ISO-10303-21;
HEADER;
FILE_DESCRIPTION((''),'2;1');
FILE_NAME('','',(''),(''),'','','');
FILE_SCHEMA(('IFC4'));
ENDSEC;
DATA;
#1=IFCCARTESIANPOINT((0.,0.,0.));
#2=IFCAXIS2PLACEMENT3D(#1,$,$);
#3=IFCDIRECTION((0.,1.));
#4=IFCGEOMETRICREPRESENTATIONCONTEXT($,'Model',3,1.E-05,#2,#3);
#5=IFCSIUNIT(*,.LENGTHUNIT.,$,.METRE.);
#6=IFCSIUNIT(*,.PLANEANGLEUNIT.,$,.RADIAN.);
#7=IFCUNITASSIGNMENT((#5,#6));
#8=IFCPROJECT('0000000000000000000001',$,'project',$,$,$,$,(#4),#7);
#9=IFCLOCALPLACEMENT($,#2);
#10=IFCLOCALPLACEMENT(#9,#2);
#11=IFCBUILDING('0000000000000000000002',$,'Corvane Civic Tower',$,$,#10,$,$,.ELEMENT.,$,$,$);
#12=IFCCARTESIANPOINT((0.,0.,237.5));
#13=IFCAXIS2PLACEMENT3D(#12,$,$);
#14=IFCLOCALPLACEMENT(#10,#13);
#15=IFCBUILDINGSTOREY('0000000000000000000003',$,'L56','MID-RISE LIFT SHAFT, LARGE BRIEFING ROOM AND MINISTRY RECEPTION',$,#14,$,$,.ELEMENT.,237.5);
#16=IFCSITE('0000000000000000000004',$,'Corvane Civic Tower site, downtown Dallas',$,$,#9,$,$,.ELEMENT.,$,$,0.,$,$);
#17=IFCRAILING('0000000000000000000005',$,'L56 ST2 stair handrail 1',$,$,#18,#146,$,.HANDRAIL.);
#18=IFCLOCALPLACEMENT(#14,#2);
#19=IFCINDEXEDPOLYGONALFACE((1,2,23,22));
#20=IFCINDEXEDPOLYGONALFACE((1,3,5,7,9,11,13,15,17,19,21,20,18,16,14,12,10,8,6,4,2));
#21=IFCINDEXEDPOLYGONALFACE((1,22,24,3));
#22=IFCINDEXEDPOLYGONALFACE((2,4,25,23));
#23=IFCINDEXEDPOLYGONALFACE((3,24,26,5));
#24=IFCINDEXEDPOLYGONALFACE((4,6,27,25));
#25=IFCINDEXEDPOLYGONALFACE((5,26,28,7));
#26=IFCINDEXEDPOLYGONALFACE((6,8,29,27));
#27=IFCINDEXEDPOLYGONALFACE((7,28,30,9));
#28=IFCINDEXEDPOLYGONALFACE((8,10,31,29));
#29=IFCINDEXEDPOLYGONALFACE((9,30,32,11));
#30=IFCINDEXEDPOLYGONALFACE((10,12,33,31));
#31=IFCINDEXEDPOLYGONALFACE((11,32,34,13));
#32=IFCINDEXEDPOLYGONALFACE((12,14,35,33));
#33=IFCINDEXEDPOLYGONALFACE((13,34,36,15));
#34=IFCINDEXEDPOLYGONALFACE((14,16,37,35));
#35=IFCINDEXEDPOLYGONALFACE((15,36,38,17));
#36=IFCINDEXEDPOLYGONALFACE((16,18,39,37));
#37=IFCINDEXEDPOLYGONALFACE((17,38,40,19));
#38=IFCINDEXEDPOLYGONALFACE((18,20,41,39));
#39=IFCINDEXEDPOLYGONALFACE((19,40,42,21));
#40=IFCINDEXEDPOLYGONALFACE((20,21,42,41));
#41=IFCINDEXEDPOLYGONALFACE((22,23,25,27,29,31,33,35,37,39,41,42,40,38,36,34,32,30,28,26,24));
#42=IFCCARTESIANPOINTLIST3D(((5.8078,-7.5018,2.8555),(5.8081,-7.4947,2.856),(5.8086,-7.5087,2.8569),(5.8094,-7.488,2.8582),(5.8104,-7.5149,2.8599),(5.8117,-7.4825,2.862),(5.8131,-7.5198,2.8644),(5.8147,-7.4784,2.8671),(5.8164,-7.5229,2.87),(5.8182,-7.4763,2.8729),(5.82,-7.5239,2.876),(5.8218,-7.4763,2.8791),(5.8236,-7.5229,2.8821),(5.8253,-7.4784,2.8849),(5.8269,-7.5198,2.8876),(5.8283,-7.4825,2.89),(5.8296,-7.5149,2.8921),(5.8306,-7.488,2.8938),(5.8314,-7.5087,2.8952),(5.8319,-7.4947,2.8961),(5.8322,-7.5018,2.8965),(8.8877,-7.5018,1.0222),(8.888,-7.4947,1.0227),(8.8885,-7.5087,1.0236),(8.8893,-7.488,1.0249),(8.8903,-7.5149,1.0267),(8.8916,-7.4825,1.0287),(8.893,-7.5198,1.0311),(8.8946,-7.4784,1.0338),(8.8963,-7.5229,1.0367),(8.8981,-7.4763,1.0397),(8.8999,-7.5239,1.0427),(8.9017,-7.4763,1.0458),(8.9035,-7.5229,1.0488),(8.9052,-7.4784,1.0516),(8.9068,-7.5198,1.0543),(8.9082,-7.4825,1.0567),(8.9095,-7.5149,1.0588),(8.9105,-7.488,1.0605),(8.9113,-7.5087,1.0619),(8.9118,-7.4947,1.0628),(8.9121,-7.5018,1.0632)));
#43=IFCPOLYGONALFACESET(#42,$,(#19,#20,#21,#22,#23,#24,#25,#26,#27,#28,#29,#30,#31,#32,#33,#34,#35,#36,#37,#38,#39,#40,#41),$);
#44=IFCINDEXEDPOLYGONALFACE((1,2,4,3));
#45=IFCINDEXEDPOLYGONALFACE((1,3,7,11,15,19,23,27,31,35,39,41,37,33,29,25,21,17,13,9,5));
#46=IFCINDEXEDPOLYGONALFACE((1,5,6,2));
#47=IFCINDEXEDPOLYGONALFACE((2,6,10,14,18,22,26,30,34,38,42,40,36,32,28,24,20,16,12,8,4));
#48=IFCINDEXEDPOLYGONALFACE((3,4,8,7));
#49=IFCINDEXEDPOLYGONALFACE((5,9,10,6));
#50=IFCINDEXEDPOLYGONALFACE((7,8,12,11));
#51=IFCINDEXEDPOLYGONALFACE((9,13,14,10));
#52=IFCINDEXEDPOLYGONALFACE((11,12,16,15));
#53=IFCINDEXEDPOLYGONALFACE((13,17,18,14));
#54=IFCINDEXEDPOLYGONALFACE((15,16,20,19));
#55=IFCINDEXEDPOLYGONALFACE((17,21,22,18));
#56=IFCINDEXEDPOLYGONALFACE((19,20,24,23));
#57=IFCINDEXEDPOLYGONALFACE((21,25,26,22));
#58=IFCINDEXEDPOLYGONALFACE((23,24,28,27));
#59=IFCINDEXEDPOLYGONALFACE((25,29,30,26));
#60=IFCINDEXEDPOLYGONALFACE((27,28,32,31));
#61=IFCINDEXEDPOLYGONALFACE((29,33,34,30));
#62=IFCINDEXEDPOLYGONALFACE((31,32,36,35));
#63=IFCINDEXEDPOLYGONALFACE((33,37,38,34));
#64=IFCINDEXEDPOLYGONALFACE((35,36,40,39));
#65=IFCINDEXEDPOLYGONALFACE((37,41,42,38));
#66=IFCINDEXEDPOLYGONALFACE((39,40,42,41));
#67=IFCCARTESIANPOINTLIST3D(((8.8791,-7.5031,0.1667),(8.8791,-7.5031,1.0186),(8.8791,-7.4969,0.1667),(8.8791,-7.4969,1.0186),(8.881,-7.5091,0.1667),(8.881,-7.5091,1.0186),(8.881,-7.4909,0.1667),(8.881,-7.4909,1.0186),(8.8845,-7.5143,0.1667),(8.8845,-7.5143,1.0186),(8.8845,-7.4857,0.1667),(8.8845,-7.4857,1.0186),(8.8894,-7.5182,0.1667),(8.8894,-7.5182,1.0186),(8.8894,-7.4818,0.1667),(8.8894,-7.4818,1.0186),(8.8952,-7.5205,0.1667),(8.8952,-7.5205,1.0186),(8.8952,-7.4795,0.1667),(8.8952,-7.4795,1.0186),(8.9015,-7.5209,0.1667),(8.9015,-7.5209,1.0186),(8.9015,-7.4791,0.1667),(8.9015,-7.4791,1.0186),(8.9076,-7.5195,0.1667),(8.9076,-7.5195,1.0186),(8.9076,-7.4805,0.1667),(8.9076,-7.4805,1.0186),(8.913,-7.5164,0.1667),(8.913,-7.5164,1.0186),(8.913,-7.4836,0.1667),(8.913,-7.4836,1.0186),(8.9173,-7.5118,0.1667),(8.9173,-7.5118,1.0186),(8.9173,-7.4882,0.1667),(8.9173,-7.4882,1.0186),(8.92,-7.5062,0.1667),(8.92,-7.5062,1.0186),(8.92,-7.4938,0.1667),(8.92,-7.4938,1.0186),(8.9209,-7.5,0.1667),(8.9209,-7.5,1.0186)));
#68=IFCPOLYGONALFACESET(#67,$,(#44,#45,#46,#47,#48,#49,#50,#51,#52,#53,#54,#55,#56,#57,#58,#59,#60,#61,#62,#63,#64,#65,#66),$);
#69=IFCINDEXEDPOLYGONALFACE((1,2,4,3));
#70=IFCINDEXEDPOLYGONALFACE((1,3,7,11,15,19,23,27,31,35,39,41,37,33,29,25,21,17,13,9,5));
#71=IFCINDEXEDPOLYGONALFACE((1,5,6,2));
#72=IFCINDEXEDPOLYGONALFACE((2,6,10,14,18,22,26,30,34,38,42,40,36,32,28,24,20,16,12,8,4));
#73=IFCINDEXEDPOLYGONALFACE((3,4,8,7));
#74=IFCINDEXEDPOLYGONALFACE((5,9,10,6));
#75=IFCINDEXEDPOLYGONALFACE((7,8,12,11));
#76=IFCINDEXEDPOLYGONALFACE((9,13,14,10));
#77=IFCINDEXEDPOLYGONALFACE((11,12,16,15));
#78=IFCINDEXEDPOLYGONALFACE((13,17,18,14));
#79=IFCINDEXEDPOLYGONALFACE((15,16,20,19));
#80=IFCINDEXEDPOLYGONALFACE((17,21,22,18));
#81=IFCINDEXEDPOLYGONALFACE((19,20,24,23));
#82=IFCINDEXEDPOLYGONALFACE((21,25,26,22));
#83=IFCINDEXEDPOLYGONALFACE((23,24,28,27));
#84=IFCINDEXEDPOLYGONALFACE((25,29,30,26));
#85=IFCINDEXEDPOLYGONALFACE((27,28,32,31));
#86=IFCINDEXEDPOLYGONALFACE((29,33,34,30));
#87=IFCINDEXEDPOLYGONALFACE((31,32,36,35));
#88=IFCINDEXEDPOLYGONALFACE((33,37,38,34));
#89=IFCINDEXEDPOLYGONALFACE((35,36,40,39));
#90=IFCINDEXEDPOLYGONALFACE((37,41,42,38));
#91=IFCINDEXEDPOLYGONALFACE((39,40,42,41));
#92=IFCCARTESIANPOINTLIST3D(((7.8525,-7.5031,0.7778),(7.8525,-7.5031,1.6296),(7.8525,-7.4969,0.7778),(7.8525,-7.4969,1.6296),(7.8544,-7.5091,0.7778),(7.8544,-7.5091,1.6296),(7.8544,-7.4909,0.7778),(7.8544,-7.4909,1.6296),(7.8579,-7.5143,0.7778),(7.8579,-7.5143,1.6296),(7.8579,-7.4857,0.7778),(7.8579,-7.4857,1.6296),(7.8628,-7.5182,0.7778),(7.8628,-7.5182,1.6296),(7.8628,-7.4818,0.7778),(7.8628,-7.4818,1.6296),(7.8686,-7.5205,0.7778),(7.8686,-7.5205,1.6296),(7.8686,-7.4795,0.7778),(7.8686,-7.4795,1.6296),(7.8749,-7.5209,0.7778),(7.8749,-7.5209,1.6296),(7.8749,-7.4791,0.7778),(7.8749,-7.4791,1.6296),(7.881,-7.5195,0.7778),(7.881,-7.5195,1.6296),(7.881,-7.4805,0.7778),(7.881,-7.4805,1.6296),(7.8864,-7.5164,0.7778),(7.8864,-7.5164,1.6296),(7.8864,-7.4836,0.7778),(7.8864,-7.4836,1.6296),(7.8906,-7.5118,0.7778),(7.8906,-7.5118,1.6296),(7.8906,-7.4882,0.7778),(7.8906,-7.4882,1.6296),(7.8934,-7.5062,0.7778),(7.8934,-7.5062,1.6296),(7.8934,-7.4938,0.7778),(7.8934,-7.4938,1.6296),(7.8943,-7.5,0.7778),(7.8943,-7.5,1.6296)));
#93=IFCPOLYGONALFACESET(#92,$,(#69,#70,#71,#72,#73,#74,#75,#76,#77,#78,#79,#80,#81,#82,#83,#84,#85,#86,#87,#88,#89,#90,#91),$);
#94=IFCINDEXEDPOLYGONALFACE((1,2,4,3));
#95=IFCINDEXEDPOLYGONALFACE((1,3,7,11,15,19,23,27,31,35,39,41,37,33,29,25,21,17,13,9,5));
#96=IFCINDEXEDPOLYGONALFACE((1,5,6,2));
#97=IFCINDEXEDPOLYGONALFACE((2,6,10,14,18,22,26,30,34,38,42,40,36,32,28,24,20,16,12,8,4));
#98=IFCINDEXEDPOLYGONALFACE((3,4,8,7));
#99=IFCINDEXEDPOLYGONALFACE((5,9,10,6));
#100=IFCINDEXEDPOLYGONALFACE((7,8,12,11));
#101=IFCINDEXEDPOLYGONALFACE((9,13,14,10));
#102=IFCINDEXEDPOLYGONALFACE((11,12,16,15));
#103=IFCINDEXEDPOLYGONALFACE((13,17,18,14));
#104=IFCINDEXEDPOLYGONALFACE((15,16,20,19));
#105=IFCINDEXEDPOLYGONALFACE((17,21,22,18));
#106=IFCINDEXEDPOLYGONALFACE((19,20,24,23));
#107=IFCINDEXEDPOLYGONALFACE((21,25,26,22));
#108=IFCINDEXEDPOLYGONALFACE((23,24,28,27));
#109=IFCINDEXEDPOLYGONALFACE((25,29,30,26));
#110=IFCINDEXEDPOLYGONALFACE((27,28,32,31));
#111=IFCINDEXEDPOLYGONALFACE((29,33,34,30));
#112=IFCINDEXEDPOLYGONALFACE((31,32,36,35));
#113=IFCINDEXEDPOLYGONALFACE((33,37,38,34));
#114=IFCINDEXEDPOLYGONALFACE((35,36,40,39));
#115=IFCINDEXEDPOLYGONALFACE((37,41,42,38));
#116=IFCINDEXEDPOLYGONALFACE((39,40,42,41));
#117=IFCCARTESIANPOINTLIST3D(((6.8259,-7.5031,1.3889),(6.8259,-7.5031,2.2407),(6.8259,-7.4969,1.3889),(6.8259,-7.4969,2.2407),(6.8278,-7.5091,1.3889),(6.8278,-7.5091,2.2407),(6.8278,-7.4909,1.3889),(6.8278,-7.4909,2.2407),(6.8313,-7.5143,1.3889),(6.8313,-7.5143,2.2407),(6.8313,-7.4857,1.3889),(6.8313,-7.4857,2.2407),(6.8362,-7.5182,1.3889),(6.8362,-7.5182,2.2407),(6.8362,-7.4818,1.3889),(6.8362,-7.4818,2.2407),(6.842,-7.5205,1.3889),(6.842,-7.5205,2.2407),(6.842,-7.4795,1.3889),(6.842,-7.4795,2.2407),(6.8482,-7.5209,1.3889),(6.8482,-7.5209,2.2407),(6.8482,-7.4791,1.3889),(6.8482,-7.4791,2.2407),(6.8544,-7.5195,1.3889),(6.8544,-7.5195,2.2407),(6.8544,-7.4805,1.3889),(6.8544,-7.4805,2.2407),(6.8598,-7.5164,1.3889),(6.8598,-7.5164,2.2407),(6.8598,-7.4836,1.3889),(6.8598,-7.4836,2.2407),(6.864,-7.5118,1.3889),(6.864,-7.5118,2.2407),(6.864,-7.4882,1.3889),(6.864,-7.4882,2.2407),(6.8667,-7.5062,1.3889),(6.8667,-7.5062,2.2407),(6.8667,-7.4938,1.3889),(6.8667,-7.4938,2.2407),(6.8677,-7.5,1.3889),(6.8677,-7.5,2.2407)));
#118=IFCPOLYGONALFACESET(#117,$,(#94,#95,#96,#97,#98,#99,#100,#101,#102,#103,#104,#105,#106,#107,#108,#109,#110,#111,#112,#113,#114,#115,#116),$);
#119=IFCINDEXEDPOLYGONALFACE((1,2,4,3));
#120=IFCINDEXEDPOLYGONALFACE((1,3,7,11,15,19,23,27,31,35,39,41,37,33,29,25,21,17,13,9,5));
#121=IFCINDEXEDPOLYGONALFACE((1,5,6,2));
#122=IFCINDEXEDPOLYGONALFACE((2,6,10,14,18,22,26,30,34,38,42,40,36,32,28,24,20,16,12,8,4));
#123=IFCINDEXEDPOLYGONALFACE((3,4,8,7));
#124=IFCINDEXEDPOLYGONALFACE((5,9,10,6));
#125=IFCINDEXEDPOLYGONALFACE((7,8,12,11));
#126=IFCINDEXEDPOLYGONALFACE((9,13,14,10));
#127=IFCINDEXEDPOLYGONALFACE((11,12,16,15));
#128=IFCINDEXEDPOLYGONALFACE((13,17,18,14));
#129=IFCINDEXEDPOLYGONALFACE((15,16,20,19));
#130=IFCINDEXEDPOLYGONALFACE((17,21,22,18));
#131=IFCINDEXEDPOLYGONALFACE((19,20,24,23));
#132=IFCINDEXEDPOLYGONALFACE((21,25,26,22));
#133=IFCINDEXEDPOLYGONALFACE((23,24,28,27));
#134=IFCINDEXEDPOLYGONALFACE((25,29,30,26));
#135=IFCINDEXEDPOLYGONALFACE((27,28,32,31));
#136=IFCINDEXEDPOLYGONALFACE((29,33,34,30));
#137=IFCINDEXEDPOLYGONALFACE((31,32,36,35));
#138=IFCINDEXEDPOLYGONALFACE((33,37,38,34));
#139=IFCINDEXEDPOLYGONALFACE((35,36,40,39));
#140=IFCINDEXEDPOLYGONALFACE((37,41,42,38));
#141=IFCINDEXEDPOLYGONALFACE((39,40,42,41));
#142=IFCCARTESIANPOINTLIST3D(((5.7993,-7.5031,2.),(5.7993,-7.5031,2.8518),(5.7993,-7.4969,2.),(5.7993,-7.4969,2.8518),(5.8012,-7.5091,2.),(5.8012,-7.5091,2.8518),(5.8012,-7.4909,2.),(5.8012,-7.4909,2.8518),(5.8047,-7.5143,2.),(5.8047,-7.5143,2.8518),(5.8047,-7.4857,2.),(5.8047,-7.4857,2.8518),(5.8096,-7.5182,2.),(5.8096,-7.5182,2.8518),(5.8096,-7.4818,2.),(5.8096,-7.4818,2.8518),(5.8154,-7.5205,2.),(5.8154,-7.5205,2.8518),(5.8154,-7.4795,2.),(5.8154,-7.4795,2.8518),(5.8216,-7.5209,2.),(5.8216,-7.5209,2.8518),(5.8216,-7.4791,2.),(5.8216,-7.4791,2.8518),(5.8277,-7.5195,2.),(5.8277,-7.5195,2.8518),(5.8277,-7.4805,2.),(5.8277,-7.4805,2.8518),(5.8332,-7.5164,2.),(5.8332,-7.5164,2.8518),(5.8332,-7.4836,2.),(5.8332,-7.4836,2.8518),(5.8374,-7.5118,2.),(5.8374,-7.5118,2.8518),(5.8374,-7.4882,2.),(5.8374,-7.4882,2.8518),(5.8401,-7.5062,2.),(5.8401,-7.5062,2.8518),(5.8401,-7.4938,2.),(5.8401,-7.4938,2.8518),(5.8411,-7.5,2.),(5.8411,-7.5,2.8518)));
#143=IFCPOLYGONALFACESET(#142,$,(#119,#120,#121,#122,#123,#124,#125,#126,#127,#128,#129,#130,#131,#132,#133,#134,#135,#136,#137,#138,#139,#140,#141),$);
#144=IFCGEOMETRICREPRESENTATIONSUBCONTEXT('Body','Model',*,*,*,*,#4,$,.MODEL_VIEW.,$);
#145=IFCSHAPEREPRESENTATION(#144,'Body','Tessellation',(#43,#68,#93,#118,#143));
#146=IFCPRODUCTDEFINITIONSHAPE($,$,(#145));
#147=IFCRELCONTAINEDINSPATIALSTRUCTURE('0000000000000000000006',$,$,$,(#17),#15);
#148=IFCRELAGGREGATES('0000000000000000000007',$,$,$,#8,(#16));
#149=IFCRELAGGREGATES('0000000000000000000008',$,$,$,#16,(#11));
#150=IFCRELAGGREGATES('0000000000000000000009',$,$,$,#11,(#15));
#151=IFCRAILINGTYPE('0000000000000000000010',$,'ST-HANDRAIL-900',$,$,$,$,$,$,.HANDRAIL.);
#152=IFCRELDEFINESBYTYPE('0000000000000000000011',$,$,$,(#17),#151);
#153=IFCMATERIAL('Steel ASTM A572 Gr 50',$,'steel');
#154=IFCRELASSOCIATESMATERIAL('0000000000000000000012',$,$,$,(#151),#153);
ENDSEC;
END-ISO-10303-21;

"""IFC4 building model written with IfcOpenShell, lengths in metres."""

from ifc_helpers import new_model, si_unit, direction, frame, origin, origin_2d, place, context, subcontext, project, spatial, circle, extrude, material, type_object, element, save


model = new_model("IFC4")

# Units and contexts
model_context = context("Model", 3, precision=1e-05, world=origin(), true_north=direction((0.0, 1.0)))
body_context = subcontext(model_context, "Body", "Model", "MODEL_VIEW")
ifc_project = project(units=[si_unit("LENGTHUNIT", "METRE"), si_unit("PLANEANGLEUNIT", "RADIAN")], contexts=[model_context])

# Site, building, storey
site_placement = place(None, origin())
site = spatial("IfcSite", under=ifc_project, at=site_placement, Name="Corvane Civic Tower site, downtown Dallas", CompositionType="ELEMENT", RefElevation=0.0)
building_placement = place(site_placement, origin())
building = spatial("IfcBuilding", under=site, at=building_placement, Name="Corvane Civic Tower", CompositionType="ELEMENT")
storey_placement = place(building_placement, frame((0.0, 0.0, 237.5)))
storey = spatial("IfcBuildingStorey", under=building, at=storey_placement, Name="L56", Description="MID-RISE LIFT SHAFT, LARGE BRIEFING ROOM AND MINISTRY RECEPTION", CompositionType="ELEMENT", Elevation=237.5)

# Railing
ifc_material_1 = material(Name="Steel ASTM A572 Gr 50", Category="steel")
railing_type = type_object("IfcRailingType", Name="ST-HANDRAIL-900", PredefinedType="HANDRAIL", material=ifc_material_1)
railing_placement = place(storey_placement, frame((8.8999, -7.5, 0.1667)))
element("IfcRailing", 1, at=railing_placement, inside=storey, type_object=railing_type, Name="L56 ST2 stair handrail 1", PredefinedType="HANDRAIL", context=body_context, shape_type="SweptSolid", body=[
    extrude(circle(Radius=0.0239, at=origin_2d()), frame((0.0, 0.0, 0.876), z_axis=(-0.859291, 0.0, 0.511487), x_axis=(0.0, -1.0, 0.0)), (0.0, 0.0, 1.0), 3.5842),
    extrude(circle(Radius=0.021, at=origin_2d()), origin(), (0.0, 0.0, 1.0), 0.8518),
    extrude(circle(Radius=0.021, at=origin_2d()), frame((-1.0266, 0.0, 0.6111)), (0.0, 0.0, 1.0), 0.8518),
    extrude(circle(Radius=0.021, at=origin_2d()), frame((-2.0532, 0.0, 1.2222)), (0.0, 0.0, 1.0), 0.8518),
    extrude(circle(Radius=0.021, at=origin_2d()), frame((-3.0798, 0.0, 1.8333)), (0.0, 0.0, 1.0), 0.8518),
])

save(model, "model.ifc")
